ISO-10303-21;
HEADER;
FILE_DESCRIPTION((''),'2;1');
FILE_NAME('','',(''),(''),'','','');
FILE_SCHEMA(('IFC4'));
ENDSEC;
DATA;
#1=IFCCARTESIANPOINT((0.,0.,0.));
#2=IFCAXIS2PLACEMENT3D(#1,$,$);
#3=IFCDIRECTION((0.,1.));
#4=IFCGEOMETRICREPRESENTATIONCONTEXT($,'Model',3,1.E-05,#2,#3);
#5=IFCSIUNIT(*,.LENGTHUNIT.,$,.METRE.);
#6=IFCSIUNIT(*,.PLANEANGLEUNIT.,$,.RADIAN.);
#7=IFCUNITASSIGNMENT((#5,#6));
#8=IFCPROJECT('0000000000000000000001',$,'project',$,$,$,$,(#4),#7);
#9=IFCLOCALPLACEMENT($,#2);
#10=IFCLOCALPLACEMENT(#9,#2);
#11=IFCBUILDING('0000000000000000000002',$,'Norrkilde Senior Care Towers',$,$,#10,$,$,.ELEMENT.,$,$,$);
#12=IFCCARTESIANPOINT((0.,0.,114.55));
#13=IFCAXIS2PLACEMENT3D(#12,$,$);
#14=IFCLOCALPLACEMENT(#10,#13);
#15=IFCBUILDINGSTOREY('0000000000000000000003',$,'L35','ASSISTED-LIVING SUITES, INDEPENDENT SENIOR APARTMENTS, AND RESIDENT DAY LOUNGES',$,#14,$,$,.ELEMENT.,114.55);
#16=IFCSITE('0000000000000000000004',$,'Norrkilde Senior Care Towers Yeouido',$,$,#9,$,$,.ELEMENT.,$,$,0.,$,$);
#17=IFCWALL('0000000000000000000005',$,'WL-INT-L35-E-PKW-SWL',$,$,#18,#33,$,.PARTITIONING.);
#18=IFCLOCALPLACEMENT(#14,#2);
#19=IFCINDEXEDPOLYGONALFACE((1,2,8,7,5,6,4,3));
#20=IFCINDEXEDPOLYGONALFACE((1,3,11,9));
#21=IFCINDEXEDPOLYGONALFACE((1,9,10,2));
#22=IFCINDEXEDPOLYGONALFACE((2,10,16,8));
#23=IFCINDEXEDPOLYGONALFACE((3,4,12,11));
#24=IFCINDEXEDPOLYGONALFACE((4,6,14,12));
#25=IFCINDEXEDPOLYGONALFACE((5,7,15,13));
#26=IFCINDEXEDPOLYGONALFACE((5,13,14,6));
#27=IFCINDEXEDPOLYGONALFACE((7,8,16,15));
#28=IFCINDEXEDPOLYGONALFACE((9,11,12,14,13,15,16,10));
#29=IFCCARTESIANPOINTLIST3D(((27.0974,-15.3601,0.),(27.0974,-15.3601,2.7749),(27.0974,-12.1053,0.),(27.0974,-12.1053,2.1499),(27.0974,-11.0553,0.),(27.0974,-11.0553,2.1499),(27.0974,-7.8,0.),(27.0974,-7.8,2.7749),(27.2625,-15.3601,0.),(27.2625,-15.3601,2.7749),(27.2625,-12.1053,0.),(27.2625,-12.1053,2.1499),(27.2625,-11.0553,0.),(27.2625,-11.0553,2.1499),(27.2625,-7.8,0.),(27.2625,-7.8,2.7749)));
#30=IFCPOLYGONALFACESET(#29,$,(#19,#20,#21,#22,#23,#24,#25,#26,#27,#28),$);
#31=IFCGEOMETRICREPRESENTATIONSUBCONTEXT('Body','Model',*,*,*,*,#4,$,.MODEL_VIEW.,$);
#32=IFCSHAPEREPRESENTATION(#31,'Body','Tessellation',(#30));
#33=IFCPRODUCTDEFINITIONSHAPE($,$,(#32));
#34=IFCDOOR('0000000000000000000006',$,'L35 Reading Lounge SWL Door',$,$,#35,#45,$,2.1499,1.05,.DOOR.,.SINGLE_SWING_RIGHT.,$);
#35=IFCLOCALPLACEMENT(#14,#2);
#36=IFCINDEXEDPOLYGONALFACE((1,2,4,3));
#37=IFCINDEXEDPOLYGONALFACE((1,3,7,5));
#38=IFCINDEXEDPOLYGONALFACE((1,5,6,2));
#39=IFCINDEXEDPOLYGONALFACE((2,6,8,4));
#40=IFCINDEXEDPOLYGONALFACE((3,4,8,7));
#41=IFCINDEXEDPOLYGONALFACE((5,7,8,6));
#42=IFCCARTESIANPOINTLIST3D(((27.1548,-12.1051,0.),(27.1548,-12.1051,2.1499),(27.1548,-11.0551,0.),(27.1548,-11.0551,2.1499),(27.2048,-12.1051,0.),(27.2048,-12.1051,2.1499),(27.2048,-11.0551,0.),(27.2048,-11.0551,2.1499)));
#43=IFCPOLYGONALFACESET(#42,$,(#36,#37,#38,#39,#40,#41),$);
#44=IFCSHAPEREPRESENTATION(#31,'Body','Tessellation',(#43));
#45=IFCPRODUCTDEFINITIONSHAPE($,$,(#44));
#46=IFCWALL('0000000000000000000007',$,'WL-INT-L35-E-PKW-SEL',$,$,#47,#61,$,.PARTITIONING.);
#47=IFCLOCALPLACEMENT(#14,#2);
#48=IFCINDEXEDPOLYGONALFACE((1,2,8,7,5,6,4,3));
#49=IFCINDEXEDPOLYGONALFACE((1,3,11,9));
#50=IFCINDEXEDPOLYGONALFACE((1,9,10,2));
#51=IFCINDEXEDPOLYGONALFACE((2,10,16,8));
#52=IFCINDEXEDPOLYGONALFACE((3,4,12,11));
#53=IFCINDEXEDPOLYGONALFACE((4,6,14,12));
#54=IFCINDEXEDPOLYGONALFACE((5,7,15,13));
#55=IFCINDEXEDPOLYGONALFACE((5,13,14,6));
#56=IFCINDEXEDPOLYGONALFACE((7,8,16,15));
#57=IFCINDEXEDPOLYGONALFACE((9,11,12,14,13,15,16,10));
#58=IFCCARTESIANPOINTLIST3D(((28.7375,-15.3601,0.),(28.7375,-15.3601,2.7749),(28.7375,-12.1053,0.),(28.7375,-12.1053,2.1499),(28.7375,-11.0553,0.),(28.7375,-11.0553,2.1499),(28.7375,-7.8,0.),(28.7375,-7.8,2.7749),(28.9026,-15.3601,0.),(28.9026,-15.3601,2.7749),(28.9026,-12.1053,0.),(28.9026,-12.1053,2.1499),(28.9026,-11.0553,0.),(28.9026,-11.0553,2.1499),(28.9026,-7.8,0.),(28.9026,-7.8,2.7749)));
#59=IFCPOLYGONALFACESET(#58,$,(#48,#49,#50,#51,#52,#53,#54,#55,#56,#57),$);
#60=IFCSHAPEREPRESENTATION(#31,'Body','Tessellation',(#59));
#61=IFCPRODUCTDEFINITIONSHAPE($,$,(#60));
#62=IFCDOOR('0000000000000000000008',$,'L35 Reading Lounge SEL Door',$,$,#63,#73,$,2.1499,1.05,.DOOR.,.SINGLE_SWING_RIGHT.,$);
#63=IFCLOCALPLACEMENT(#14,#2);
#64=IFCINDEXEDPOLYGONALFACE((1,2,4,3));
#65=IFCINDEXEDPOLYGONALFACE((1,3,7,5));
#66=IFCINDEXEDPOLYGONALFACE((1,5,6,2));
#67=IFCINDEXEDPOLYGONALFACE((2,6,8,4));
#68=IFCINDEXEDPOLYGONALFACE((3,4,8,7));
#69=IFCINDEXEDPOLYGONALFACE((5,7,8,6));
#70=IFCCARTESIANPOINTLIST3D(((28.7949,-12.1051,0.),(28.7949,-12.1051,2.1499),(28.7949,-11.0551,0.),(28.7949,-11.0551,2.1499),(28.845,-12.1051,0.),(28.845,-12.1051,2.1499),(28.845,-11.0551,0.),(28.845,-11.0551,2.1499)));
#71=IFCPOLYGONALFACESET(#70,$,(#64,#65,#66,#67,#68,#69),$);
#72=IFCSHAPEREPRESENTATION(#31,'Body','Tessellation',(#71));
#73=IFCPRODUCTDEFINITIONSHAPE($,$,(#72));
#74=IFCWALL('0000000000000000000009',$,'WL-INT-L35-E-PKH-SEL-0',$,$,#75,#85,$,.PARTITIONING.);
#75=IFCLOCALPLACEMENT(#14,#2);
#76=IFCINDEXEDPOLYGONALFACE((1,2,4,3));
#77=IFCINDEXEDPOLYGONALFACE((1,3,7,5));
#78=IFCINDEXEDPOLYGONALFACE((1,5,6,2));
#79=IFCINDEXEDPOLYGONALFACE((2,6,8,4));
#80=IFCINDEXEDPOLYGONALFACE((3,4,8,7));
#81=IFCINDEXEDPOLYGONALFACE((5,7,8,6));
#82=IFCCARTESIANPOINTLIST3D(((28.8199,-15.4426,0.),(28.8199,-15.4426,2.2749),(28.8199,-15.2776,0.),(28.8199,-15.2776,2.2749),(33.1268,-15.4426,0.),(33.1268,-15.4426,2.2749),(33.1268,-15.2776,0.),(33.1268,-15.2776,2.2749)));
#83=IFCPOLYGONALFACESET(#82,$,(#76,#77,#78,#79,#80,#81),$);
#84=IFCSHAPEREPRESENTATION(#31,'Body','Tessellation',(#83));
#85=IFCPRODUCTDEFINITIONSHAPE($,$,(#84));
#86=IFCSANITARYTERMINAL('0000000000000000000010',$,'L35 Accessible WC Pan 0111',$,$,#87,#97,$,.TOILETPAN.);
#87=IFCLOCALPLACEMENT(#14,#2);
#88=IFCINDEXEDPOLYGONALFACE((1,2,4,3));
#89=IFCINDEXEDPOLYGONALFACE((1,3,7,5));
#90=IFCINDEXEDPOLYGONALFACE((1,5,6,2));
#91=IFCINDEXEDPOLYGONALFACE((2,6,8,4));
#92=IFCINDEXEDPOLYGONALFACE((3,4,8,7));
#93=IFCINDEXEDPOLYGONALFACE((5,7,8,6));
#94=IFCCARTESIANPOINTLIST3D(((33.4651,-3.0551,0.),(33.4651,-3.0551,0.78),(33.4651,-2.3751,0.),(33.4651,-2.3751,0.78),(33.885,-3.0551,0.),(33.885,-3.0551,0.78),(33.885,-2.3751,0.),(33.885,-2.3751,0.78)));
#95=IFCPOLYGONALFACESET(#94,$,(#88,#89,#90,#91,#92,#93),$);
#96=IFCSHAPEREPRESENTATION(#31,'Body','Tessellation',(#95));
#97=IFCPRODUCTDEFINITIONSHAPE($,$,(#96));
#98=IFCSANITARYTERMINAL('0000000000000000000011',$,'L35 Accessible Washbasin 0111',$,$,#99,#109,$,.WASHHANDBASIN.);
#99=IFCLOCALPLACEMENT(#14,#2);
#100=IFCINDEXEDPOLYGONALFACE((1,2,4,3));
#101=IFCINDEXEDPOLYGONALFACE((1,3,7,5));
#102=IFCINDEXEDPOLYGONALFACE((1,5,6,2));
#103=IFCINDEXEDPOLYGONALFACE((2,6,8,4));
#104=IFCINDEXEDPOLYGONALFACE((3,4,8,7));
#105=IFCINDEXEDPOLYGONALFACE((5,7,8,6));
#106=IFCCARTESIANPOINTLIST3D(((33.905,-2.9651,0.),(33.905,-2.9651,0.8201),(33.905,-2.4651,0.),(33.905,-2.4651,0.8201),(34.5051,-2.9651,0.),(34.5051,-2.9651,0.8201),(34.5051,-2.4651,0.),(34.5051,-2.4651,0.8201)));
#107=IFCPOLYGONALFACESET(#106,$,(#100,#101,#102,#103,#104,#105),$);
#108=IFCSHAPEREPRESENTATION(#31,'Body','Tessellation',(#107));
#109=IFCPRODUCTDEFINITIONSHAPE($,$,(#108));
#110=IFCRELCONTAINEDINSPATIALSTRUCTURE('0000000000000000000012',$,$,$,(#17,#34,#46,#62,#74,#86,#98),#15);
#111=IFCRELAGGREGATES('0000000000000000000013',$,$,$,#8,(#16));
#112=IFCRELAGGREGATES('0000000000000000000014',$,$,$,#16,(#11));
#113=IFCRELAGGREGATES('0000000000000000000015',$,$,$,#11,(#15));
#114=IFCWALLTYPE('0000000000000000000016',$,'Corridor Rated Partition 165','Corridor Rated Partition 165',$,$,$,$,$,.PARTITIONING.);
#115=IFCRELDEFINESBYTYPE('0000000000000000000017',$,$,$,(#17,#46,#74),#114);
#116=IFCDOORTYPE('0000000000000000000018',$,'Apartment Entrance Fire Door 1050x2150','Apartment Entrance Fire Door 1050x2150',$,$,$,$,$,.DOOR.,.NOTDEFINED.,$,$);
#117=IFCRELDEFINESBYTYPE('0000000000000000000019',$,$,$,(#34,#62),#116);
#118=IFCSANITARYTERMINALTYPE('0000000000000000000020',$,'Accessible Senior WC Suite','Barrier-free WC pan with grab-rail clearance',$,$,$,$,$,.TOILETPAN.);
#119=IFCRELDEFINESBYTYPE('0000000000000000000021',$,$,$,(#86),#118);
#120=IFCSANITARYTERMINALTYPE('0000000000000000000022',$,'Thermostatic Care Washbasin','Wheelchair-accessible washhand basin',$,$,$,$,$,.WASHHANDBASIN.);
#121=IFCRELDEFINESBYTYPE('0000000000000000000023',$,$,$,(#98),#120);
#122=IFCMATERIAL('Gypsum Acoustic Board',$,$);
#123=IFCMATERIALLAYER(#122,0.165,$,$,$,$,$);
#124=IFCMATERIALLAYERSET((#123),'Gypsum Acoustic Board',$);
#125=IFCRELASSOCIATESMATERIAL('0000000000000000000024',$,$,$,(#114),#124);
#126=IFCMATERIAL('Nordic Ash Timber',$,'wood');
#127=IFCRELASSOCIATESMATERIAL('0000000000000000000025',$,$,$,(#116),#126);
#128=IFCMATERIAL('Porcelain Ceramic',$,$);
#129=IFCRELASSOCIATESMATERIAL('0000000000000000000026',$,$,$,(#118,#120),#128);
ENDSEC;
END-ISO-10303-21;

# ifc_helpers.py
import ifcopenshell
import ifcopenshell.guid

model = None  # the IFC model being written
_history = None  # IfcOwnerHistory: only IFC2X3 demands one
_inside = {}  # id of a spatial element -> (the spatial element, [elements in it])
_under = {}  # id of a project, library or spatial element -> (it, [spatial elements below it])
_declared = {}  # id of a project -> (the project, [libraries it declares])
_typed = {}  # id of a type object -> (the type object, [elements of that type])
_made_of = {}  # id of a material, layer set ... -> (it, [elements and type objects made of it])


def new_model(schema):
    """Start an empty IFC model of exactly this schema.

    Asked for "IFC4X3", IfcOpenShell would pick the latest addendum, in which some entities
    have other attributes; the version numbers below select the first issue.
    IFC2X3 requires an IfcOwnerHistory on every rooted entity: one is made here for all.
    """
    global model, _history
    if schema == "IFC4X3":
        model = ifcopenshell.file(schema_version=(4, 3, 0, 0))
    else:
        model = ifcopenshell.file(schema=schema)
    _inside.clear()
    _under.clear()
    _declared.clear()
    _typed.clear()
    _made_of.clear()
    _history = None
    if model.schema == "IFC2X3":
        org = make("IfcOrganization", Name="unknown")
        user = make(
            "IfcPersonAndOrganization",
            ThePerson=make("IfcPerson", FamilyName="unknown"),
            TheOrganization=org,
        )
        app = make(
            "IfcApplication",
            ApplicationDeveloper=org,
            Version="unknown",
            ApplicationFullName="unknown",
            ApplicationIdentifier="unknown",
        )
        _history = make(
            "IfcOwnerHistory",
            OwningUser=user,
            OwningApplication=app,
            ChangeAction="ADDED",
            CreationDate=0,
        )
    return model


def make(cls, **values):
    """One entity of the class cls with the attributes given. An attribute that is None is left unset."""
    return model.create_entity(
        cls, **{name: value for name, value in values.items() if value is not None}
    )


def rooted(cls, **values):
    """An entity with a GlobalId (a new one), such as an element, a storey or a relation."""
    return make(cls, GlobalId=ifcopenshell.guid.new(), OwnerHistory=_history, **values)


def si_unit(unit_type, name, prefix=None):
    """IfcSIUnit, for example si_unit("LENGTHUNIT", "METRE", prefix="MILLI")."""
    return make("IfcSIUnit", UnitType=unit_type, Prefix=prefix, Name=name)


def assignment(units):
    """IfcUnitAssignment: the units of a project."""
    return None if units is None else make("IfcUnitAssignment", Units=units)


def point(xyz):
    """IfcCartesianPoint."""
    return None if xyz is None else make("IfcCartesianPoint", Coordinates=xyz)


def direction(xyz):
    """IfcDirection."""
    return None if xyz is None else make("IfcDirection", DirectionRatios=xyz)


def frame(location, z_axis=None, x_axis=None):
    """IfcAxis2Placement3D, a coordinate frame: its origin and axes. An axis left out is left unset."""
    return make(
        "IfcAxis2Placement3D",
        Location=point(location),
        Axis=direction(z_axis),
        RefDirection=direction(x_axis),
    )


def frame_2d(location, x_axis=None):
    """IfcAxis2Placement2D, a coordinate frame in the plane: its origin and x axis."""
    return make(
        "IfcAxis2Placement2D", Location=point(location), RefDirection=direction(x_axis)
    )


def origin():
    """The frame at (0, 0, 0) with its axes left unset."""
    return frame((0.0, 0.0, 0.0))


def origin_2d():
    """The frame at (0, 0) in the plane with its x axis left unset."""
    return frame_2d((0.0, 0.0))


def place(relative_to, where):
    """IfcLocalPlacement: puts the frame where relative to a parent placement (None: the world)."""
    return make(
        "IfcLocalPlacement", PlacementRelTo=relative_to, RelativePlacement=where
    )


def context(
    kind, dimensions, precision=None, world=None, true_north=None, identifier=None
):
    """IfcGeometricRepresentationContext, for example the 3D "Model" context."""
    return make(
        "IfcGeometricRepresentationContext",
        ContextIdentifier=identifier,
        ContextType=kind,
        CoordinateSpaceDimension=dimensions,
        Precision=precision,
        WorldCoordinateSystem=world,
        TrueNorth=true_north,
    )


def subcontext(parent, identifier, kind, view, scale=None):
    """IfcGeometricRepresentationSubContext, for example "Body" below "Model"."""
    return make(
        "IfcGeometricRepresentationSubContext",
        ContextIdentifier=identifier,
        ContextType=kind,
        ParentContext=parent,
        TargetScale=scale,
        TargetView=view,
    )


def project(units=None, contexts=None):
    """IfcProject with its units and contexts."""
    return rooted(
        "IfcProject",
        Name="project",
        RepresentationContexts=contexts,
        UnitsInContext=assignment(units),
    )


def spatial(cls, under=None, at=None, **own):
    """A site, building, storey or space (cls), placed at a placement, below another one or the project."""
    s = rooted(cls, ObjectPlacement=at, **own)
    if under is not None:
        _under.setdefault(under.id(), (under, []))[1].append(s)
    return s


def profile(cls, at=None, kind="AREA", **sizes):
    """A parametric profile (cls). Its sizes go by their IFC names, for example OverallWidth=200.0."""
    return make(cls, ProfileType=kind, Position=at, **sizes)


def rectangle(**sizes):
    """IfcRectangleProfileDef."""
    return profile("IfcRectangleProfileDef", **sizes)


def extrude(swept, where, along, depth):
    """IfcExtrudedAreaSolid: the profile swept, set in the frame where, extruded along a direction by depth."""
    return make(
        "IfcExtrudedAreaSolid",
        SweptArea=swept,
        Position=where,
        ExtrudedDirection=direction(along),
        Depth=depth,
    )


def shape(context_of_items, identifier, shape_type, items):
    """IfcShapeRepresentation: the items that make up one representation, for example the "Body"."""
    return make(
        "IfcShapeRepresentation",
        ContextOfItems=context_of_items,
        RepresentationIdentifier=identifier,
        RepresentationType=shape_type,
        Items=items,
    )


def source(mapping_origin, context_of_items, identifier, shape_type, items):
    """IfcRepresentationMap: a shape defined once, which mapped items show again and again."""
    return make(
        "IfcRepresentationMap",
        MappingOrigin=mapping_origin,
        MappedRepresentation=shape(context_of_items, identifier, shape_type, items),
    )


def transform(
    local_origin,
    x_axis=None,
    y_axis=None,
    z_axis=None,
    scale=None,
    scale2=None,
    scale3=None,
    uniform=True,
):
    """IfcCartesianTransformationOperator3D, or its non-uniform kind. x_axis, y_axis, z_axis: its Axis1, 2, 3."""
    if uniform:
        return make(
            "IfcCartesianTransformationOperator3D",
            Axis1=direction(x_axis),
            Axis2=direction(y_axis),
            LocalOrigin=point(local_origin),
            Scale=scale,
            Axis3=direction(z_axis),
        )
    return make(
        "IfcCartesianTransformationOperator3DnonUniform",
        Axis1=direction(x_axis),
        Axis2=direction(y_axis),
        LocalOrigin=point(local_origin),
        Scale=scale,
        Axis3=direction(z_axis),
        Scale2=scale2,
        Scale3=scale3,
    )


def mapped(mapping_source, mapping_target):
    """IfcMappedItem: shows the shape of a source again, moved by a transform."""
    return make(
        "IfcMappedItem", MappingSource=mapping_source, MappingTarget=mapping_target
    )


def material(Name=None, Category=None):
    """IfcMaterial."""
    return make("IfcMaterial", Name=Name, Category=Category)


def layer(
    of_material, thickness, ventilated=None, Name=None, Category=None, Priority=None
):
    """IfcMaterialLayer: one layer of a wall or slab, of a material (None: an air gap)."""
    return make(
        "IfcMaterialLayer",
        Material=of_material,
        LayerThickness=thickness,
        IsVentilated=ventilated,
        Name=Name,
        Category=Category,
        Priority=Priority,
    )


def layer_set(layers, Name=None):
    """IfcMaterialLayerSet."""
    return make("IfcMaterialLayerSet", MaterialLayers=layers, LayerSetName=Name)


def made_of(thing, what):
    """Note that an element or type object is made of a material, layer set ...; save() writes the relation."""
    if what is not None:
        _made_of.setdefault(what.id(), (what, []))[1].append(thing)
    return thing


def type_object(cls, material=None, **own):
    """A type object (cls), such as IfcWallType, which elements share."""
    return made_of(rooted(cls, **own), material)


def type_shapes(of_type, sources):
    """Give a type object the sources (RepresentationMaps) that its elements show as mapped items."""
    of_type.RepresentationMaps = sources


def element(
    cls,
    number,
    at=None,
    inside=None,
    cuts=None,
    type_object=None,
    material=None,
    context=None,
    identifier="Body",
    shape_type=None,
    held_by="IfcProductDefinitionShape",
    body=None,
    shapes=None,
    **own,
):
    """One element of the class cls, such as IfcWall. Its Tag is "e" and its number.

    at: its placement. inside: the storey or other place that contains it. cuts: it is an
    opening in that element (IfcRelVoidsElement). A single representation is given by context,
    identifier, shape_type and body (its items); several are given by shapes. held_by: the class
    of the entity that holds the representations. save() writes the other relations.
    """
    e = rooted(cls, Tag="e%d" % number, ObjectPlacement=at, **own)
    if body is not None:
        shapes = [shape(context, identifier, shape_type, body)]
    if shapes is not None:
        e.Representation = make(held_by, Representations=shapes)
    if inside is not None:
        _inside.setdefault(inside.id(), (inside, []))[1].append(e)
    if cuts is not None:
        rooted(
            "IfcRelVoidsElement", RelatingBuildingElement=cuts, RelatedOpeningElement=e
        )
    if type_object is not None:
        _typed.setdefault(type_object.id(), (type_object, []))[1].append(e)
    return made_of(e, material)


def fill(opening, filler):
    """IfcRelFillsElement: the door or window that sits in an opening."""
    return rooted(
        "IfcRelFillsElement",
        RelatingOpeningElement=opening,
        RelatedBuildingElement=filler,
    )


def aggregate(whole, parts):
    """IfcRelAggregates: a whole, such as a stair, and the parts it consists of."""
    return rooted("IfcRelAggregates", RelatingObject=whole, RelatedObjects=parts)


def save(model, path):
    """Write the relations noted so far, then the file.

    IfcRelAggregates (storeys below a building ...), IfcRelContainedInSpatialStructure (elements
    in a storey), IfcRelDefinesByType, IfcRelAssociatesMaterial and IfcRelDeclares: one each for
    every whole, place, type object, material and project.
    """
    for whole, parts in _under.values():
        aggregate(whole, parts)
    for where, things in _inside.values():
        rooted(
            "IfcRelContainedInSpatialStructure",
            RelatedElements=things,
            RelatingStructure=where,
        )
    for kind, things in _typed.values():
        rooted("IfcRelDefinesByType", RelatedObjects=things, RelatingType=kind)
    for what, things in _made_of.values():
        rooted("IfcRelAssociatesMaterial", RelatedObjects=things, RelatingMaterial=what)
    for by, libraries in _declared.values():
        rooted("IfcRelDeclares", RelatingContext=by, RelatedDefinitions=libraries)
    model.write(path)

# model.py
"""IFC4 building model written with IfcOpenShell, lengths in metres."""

from ifc_helpers import new_model, si_unit, direction, frame, frame_2d, origin, origin_2d, place, context, subcontext, project, spatial, rectangle, extrude, source, transform, mapped, material, layer, layer_set, type_object, type_shapes, element, fill, save


model = new_model("IFC4")

# Units and contexts
model_context = context("Model", 3, precision=1e-05, world=origin(), true_north=direction((0.0, 1.0)))
body_context = subcontext(model_context, "Body", "Model", "MODEL_VIEW")
ifc_project = project(units=[si_unit("LENGTHUNIT", "METRE"), si_unit("PLANEANGLEUNIT", "RADIAN")], contexts=[model_context])

# Site, building, storey
site_placement = place(None, origin())
site = spatial("IfcSite", under=ifc_project, at=site_placement, Name="Norrkilde Senior Care Towers Yeouido", CompositionType="ELEMENT", RefElevation=0.0)
building_placement = place(site_placement, origin())
building = spatial("IfcBuilding", under=site, at=building_placement, Name="Norrkilde Senior Care Towers", CompositionType="ELEMENT")
storey_placement = place(building_placement, frame((0.0, 0.0, 114.55)))
storey = spatial("IfcBuildingStorey", under=building, at=storey_placement, Name="L35", Description="ASSISTED-LIVING SUITES, INDEPENDENT SENIOR APARTMENTS, AND RESIDENT DAY LOUNGES", CompositionType="ELEMENT", Elevation=114.55)

# Shared definitions
ifc_material_1 = material(Name="Gypsum Acoustic Board")
ifc_layer_1 = layer(ifc_material_1, 0.165)
ifc_layer_set_1 = layer_set([ifc_layer_1], Name="Gypsum Acoustic Board")
wall_type_1 = type_object("IfcWallType", Name="Corridor Rated Partition 165", Description="Corridor Rated Partition 165", PredefinedType="PARTITIONING", material=ifc_layer_set_1)

# Walls, openings, doors
shared_shape_1 = source(origin(), body_context, "Body", "SweptSolid", [
    extrude(rectangle(XDim=7.5601, YDim=0.165, at=frame_2d((3.78, 0.0))), origin(), (0.0, 0.0, 1.0), 2.7749),
])
wall_1_placement = place(storey_placement, frame((27.1799, -15.3601, 0.0), z_axis=(0.0, 0.0, 1.0), x_axis=(0.0, 1.0, 0.0)))
wall_1 = element("IfcWall", 1, at=wall_1_placement, inside=storey, type_object=wall_type_1, Name="WL-INT-L35-E-PKW-SWL", PredefinedType="PARTITIONING", context=body_context, shape_type="MappedRepresentation", body=[
    mapped(shared_shape_1, transform((0.0, 0.0, 0.0), x_axis=(1.0, 0.0, 0.0), y_axis=(0.0, 1.0, 0.0), z_axis=(0.0, 0.0, 1.0), scale=1.0)),
])
opening_1_placement = place(wall_1_placement, frame((3.2549, 0.0, 0.0)))
opening_1 = element("IfcOpeningElement", 2, at=opening_1_placement, cuts=wall_1, PredefinedType="OPENING", context=body_context, shape_type="SweptSolid", body=[
    extrude(rectangle(XDim=1.05, YDim=2.1499, at=frame_2d((0.5249, 1.075))), frame((0.0, 0.0925, 0.0), z_axis=(0.0, -1.0, 0.0), x_axis=(1.0, 0.0, 0.0)), (0.0, 0.0, 1.0), 0.1851),
])
ifc_material_2 = material(Name="Nordic Ash Timber", Category="wood")
door_type_1 = type_object("IfcDoorType", Name="Apartment Entrance Fire Door 1050x2150", Description="Apartment Entrance Fire Door 1050x2150", OperationType="NOTDEFINED", PredefinedType="DOOR", material=ifc_material_2)
shared_shape_2 = source(origin(), body_context, "Body", "SweptSolid", [
    extrude(rectangle(XDim=1.05, YDim=2.1499, at=frame_2d((0.5249, 1.075))), frame((0.0, 0.0249, 0.0), z_axis=(0.0, -1.0, 0.0), x_axis=(1.0, 0.0, 0.0)), (0.0, 0.0, 1.0), 0.05),
])
type_shapes(door_type_1, [shared_shape_2])
door_1_placement = place(opening_1_placement, frame((1.05, 0.0, 0.0), z_axis=(0.0, 0.0, 1.0), x_axis=(-1.0, 0.0, 0.0)))
door_1 = element("IfcDoor", 3, at=door_1_placement, inside=storey, type_object=door_type_1, Name="L35 Reading Lounge SWL Door", OperationType="SINGLE_SWING_RIGHT", OverallHeight=2.1499, OverallWidth=1.05, PredefinedType="DOOR", context=body_context, shape_type="MappedRepresentation", body=[
    mapped(shared_shape_2, transform((0.0, 0.0, 0.0), x_axis=(1.0, 0.0, 0.0), y_axis=(0.0, 1.0, 0.0), z_axis=(0.0, 0.0, 1.0), scale=1.0)),
])
fill(opening_1, door_1)
wall_2_placement = place(storey_placement, frame((28.8201, -15.3601, 0.0), z_axis=(0.0, 0.0, 1.0), x_axis=(0.0, 1.0, 0.0)))
wall_2 = element("IfcWall", 4, at=wall_2_placement, inside=storey, type_object=wall_type_1, Name="WL-INT-L35-E-PKW-SEL", PredefinedType="PARTITIONING", context=body_context, shape_type="MappedRepresentation", body=[
    mapped(shared_shape_1, transform((0.0, 0.0, 0.0), x_axis=(1.0, 0.0, 0.0), y_axis=(0.0, 1.0, 0.0), z_axis=(0.0, 0.0, 1.0), scale=1.0)),
])
opening_2_placement = place(wall_2_placement, frame((3.2549, 0.0, 0.0)))
opening_2 = element("IfcOpeningElement", 5, at=opening_2_placement, cuts=wall_2, PredefinedType="OPENING", context=body_context, shape_type="SweptSolid", body=[
    extrude(rectangle(XDim=1.05, YDim=2.1499, at=frame_2d((0.5249, 1.075))), frame((0.0, 0.0925, 0.0), z_axis=(0.0, -1.0, 0.0), x_axis=(1.0, 0.0, 0.0)), (0.0, 0.0, 1.0), 0.1851),
])
door_2_placement = place(opening_2_placement, frame((1.05, 0.0, 0.0), z_axis=(0.0, 0.0, 1.0), x_axis=(-1.0, 0.0, 0.0)))
door_2 = element("IfcDoor", 6, at=door_2_placement, inside=storey, type_object=door_type_1, Name="L35 Reading Lounge SEL Door", OperationType="SINGLE_SWING_RIGHT", OverallHeight=2.1499, OverallWidth=1.05, PredefinedType="DOOR", context=body_context, shape_type="MappedRepresentation", body=[
    mapped(shared_shape_2, transform((0.0, 0.0, 0.0), x_axis=(1.0, 0.0, 0.0), y_axis=(0.0, 1.0, 0.0), z_axis=(0.0, 0.0, 1.0), scale=1.0)),
])
fill(opening_2, door_2)

# Wall
shared_shape_3 = source(origin(), body_context, "Body", "SweptSolid", [
    extrude(rectangle(XDim=4.3069, YDim=0.165, at=frame_2d((2.1533, 0.0))), origin(), (0.0, 0.0, 1.0), 2.2749),
])
wall_3_placement = place(storey_placement, frame((28.8201, -15.3601, 0.0), z_axis=(0.0, 0.0, 1.0), x_axis=(1.0, 0.0, 0.0)))
element("IfcWall", 7, at=wall_3_placement, inside=storey, type_object=wall_type_1, Name="WL-INT-L35-E-PKH-SEL-0", PredefinedType="PARTITIONING", context=body_context, shape_type="MappedRepresentation", body=[
    mapped(shared_shape_3, transform((0.0, 0.0, 0.0), x_axis=(1.0, 0.0, 0.0), y_axis=(0.0, 1.0, 0.0), z_axis=(0.0, 0.0, 1.0), scale=1.0)),
])

# Sanitary terminals
ifc_material_3 = material(Name="Porcelain Ceramic")
sanitary_terminal_type_1 = type_object("IfcSanitaryTerminalType", Name="Accessible Senior WC Suite", Description="Barrier-free WC pan with grab-rail clearance", PredefinedType="TOILETPAN", material=ifc_material_3)
shared_shape_4 = source(origin(), body_context, "Body", "SweptSolid", [
    extrude(rectangle(XDim=0.4199, YDim=0.6799, at=origin_2d()), origin(), (0.0, 0.0, 1.0), 0.78),
])
type_shapes(sanitary_terminal_type_1, [shared_shape_4])
sanitary_terminal_1_placement = place(storey_placement, frame((33.675, -2.7151, 0.0), z_axis=(0.0, 0.0, 1.0), x_axis=(1.0, 0.0, 0.0)))
element("IfcSanitaryTerminal", 8, at=sanitary_terminal_1_placement, inside=storey, type_object=sanitary_terminal_type_1, Name="L35 Accessible WC Pan 0111", PredefinedType="TOILETPAN", context=body_context, shape_type="MappedRepresentation", body=[
    mapped(shared_shape_4, transform((0.0, 0.0, 0.0), x_axis=(1.0, 0.0, 0.0), y_axis=(0.0, 1.0, 0.0), z_axis=(0.0, 0.0, 1.0), scale=1.0)),
])
sanitary_terminal_type_2 = type_object("IfcSanitaryTerminalType", Name="Thermostatic Care Washbasin", Description="Wheelchair-accessible washhand basin", PredefinedType="WASHHANDBASIN", material=ifc_material_3)
shared_shape_5 = source(origin(), body_context, "Body", "SweptSolid", [
    extrude(rectangle(XDim=0.6001, YDim=0.5, at=origin_2d()), origin(), (0.0, 0.0, 1.0), 0.8201),
])
type_shapes(sanitary_terminal_type_2, [shared_shape_5])
sanitary_terminal_2_placement = place(storey_placement, frame((34.2051, -2.7151, 0.0), z_axis=(0.0, 0.0, 1.0), x_axis=(1.0, 0.0, 0.0)))
element("IfcSanitaryTerminal", 9, at=sanitary_terminal_2_placement, inside=storey, type_object=sanitary_terminal_type_2, Name="L35 Accessible Washbasin 0111", PredefinedType="WASHHANDBASIN", context=body_context, shape_type="MappedRepresentation", body=[
    mapped(shared_shape_5, transform((0.0, 0.0, 0.0), x_axis=(1.0, 0.0, 0.0), y_axis=(0.0, 1.0, 0.0), z_axis=(0.0, 0.0, 1.0), scale=1.0)),
])

save(model, "model.ifc")
